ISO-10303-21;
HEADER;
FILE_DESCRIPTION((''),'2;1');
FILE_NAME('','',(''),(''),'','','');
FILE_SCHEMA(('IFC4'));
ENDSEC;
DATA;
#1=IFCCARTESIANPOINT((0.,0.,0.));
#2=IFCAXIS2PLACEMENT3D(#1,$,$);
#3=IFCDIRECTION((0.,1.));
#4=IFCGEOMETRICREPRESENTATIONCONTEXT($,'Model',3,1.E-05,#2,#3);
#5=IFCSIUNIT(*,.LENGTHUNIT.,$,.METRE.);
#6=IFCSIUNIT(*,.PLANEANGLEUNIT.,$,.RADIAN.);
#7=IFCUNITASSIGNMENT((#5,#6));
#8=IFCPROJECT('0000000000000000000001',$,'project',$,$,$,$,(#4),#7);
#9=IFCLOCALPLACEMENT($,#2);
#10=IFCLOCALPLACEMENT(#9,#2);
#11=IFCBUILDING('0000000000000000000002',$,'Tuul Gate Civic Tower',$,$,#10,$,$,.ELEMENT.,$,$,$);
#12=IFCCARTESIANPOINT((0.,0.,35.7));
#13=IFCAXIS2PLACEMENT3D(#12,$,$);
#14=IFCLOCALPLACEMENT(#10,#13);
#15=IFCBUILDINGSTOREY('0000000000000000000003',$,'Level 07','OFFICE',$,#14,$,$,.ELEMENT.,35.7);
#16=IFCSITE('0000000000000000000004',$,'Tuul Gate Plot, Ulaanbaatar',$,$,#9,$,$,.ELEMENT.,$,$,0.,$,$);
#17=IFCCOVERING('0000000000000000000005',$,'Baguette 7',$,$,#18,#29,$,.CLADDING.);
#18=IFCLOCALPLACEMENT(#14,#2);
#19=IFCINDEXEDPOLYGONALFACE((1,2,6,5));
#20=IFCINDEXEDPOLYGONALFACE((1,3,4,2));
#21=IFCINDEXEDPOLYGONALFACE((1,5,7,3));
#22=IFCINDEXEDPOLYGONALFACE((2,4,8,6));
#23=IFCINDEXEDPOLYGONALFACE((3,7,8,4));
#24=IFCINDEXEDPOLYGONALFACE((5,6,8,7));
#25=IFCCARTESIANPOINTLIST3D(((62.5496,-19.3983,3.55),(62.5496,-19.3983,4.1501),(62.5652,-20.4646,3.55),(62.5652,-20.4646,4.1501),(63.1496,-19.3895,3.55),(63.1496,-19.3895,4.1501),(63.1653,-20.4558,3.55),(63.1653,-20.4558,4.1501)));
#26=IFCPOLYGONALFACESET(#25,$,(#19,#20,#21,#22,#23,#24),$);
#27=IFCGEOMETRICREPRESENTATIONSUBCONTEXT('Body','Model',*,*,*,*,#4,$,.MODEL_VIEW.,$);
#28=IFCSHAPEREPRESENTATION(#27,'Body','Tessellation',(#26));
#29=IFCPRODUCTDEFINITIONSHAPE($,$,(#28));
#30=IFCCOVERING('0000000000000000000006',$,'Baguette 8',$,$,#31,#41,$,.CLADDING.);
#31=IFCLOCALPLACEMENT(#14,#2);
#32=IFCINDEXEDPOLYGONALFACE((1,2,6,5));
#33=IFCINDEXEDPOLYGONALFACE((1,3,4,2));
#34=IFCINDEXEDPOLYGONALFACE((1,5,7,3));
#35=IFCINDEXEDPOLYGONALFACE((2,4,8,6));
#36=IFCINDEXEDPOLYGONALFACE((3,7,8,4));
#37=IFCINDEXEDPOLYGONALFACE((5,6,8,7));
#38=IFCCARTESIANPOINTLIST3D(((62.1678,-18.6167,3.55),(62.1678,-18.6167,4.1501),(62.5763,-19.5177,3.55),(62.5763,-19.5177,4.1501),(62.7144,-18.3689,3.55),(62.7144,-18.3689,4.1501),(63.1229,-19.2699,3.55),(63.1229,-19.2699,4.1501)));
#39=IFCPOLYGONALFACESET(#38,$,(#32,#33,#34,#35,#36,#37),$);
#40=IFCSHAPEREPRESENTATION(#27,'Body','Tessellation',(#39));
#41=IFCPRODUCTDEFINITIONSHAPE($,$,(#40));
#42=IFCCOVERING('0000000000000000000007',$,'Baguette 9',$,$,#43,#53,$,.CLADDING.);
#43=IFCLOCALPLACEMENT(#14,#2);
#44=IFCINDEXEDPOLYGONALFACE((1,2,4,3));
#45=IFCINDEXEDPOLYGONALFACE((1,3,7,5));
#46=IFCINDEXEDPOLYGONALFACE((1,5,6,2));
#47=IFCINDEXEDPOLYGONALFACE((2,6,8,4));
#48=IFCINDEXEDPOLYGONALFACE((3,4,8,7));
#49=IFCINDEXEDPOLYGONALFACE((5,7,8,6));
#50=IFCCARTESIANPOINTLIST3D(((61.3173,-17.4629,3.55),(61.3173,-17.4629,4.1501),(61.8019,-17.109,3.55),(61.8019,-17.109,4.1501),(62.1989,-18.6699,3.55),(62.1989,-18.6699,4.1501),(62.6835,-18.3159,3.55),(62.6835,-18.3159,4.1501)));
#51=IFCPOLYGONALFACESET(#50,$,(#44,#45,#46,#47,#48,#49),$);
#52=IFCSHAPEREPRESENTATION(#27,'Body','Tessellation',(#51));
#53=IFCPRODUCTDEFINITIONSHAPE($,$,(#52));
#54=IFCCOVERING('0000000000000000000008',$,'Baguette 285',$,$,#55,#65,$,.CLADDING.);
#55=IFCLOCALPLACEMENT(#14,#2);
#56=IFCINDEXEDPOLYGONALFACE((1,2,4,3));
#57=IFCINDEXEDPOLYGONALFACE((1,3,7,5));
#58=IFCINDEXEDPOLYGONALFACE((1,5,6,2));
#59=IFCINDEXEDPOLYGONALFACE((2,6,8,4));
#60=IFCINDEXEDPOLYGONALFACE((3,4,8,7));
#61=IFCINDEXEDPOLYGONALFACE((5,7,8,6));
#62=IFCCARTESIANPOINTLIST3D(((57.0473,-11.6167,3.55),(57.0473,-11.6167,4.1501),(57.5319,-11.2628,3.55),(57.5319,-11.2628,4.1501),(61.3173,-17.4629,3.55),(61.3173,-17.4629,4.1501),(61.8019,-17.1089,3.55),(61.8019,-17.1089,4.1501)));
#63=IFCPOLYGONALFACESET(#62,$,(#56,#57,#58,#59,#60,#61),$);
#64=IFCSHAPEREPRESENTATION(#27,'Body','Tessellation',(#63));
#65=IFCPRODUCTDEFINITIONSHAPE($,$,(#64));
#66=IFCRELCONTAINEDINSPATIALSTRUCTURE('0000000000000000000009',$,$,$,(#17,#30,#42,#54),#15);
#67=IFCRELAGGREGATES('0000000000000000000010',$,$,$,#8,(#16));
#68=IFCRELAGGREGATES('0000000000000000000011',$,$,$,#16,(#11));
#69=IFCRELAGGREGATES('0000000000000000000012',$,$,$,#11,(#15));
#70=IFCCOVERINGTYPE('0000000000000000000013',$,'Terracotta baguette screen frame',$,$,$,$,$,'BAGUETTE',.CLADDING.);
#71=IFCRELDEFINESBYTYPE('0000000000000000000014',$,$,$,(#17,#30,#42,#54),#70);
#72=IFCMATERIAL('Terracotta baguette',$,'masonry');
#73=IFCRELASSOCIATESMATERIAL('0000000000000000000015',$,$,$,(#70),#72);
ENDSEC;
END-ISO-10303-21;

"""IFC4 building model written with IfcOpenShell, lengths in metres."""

from ifc_helpers import new_model, si_unit, direction, frame, origin, origin_2d, place, context, subcontext, project, spatial, rectangle, extrude, material, material_profile, profile_set, type_object, element, save


model = new_model("IFC4")

# Units and contexts
model_context = context("Model", 3, precision=1e-05, world=origin(), true_north=direction((0.0, 1.0)))
body_context = subcontext(model_context, "Body", "Model", "MODEL_VIEW")
ifc_project = project(units=[si_unit("LENGTHUNIT", "METRE"), si_unit("PLANEANGLEUNIT", "RADIAN")], contexts=[model_context])

# Site, building, storey
site_placement = place(None, origin())
site = spatial("IfcSite", under=ifc_project, at=site_placement, Name="Tuul Gate Plot, Ulaanbaatar", CompositionType="ELEMENT", RefElevation=0.0)
building_placement = place(site_placement, origin())
building = spatial("IfcBuilding", under=site, at=building_placement, Name="Tuul Gate Civic Tower", CompositionType="ELEMENT")
storey_placement = place(building_placement, frame((0.0, 0.0, 35.7)))
storey = spatial("IfcBuildingStorey", under=building, at=storey_placement, Name="Level 07", Description="OFFICE", CompositionType="ELEMENT", Elevation=35.7)

# Coverings
ifc_material_1 = material(Name="Terracotta baguette", Category="masonry")
ifc_material_profile_1 = material_profile(ifc_material_1, rectangle(XDim=0.6001, YDim=0.6001, at=origin_2d()), Name="Terracotta baguette screen frame")
ifc_profile_set_1 = profile_set([ifc_material_profile_1], Name="Terracotta baguette")
covering_type = type_object("IfcCoveringType", Name="Terracotta baguette screen frame", ElementType="BAGUETTE", PredefinedType="CLADDING", material=ifc_profile_set_1)
covering_1_placement = place(storey_placement, frame((62.8652, -20.4602, 3.8501), z_axis=(-0.01465, 0.999893, 0.0), x_axis=(-0.999893, -0.01465, 0.0)))
element("IfcCovering", 1, at=covering_1_placement, inside=storey, type_object=covering_type, Name="Baguette 7", PredefinedType="CLADDING", context=body_context, shape_type="SweptSolid", body=[
    extrude(rectangle(XDim=0.6001, YDim=0.6001, at=origin_2d()), origin(), (0.0, 0.0, 1.0), 1.0664),
])
covering_2_placement = place(storey_placement, frame((62.8496, -19.3938, 3.8501), z_axis=(-0.412929, 0.910763, 0.0), x_axis=(-0.910763, -0.412929, 0.0)))
element("IfcCovering", 2, at=covering_2_placement, inside=storey, type_object=covering_type, Name="Baguette 8", PredefinedType="CLADDING", context=body_context, shape_type="SweptSolid", body=[
    extrude(rectangle(XDim=0.6001, YDim=0.6001, at=origin_2d()), origin(), (0.0, 0.0, 1.0), 0.9893),
])
covering_3_placement = place(storey_placement, frame((62.4412, -18.4929, 3.8501), z_axis=(-0.589812, 0.807541, 0.0), x_axis=(-0.807541, -0.589812, 0.0)))
element("IfcCovering", 3, at=covering_3_placement, inside=storey, type_object=covering_type, Name="Baguette 9", PredefinedType="CLADDING", context=body_context, shape_type="SweptSolid", body=[
    extrude(rectangle(XDim=0.6001, YDim=0.6001, at=origin_2d()), origin(), (0.0, 0.0, 1.0), 1.4946),
])
covering_4_placement = place(storey_placement, frame((61.5596, -17.2859, 3.8501), z_axis=(-0.589819, 0.807536, 0.0), x_axis=(-0.807536, -0.589819, 0.0)))
element("IfcCovering", 4, at=covering_4_placement, inside=storey, type_object=covering_type, Name="Baguette 285", PredefinedType="CLADDING", context=body_context, shape_type="SweptSolid", body=[
    extrude(rectangle(XDim=0.6001, YDim=0.6001, at=origin_2d()), origin(), (0.0, 0.0, 1.0), 7.2395),
])

save(model, "model.ifc")
